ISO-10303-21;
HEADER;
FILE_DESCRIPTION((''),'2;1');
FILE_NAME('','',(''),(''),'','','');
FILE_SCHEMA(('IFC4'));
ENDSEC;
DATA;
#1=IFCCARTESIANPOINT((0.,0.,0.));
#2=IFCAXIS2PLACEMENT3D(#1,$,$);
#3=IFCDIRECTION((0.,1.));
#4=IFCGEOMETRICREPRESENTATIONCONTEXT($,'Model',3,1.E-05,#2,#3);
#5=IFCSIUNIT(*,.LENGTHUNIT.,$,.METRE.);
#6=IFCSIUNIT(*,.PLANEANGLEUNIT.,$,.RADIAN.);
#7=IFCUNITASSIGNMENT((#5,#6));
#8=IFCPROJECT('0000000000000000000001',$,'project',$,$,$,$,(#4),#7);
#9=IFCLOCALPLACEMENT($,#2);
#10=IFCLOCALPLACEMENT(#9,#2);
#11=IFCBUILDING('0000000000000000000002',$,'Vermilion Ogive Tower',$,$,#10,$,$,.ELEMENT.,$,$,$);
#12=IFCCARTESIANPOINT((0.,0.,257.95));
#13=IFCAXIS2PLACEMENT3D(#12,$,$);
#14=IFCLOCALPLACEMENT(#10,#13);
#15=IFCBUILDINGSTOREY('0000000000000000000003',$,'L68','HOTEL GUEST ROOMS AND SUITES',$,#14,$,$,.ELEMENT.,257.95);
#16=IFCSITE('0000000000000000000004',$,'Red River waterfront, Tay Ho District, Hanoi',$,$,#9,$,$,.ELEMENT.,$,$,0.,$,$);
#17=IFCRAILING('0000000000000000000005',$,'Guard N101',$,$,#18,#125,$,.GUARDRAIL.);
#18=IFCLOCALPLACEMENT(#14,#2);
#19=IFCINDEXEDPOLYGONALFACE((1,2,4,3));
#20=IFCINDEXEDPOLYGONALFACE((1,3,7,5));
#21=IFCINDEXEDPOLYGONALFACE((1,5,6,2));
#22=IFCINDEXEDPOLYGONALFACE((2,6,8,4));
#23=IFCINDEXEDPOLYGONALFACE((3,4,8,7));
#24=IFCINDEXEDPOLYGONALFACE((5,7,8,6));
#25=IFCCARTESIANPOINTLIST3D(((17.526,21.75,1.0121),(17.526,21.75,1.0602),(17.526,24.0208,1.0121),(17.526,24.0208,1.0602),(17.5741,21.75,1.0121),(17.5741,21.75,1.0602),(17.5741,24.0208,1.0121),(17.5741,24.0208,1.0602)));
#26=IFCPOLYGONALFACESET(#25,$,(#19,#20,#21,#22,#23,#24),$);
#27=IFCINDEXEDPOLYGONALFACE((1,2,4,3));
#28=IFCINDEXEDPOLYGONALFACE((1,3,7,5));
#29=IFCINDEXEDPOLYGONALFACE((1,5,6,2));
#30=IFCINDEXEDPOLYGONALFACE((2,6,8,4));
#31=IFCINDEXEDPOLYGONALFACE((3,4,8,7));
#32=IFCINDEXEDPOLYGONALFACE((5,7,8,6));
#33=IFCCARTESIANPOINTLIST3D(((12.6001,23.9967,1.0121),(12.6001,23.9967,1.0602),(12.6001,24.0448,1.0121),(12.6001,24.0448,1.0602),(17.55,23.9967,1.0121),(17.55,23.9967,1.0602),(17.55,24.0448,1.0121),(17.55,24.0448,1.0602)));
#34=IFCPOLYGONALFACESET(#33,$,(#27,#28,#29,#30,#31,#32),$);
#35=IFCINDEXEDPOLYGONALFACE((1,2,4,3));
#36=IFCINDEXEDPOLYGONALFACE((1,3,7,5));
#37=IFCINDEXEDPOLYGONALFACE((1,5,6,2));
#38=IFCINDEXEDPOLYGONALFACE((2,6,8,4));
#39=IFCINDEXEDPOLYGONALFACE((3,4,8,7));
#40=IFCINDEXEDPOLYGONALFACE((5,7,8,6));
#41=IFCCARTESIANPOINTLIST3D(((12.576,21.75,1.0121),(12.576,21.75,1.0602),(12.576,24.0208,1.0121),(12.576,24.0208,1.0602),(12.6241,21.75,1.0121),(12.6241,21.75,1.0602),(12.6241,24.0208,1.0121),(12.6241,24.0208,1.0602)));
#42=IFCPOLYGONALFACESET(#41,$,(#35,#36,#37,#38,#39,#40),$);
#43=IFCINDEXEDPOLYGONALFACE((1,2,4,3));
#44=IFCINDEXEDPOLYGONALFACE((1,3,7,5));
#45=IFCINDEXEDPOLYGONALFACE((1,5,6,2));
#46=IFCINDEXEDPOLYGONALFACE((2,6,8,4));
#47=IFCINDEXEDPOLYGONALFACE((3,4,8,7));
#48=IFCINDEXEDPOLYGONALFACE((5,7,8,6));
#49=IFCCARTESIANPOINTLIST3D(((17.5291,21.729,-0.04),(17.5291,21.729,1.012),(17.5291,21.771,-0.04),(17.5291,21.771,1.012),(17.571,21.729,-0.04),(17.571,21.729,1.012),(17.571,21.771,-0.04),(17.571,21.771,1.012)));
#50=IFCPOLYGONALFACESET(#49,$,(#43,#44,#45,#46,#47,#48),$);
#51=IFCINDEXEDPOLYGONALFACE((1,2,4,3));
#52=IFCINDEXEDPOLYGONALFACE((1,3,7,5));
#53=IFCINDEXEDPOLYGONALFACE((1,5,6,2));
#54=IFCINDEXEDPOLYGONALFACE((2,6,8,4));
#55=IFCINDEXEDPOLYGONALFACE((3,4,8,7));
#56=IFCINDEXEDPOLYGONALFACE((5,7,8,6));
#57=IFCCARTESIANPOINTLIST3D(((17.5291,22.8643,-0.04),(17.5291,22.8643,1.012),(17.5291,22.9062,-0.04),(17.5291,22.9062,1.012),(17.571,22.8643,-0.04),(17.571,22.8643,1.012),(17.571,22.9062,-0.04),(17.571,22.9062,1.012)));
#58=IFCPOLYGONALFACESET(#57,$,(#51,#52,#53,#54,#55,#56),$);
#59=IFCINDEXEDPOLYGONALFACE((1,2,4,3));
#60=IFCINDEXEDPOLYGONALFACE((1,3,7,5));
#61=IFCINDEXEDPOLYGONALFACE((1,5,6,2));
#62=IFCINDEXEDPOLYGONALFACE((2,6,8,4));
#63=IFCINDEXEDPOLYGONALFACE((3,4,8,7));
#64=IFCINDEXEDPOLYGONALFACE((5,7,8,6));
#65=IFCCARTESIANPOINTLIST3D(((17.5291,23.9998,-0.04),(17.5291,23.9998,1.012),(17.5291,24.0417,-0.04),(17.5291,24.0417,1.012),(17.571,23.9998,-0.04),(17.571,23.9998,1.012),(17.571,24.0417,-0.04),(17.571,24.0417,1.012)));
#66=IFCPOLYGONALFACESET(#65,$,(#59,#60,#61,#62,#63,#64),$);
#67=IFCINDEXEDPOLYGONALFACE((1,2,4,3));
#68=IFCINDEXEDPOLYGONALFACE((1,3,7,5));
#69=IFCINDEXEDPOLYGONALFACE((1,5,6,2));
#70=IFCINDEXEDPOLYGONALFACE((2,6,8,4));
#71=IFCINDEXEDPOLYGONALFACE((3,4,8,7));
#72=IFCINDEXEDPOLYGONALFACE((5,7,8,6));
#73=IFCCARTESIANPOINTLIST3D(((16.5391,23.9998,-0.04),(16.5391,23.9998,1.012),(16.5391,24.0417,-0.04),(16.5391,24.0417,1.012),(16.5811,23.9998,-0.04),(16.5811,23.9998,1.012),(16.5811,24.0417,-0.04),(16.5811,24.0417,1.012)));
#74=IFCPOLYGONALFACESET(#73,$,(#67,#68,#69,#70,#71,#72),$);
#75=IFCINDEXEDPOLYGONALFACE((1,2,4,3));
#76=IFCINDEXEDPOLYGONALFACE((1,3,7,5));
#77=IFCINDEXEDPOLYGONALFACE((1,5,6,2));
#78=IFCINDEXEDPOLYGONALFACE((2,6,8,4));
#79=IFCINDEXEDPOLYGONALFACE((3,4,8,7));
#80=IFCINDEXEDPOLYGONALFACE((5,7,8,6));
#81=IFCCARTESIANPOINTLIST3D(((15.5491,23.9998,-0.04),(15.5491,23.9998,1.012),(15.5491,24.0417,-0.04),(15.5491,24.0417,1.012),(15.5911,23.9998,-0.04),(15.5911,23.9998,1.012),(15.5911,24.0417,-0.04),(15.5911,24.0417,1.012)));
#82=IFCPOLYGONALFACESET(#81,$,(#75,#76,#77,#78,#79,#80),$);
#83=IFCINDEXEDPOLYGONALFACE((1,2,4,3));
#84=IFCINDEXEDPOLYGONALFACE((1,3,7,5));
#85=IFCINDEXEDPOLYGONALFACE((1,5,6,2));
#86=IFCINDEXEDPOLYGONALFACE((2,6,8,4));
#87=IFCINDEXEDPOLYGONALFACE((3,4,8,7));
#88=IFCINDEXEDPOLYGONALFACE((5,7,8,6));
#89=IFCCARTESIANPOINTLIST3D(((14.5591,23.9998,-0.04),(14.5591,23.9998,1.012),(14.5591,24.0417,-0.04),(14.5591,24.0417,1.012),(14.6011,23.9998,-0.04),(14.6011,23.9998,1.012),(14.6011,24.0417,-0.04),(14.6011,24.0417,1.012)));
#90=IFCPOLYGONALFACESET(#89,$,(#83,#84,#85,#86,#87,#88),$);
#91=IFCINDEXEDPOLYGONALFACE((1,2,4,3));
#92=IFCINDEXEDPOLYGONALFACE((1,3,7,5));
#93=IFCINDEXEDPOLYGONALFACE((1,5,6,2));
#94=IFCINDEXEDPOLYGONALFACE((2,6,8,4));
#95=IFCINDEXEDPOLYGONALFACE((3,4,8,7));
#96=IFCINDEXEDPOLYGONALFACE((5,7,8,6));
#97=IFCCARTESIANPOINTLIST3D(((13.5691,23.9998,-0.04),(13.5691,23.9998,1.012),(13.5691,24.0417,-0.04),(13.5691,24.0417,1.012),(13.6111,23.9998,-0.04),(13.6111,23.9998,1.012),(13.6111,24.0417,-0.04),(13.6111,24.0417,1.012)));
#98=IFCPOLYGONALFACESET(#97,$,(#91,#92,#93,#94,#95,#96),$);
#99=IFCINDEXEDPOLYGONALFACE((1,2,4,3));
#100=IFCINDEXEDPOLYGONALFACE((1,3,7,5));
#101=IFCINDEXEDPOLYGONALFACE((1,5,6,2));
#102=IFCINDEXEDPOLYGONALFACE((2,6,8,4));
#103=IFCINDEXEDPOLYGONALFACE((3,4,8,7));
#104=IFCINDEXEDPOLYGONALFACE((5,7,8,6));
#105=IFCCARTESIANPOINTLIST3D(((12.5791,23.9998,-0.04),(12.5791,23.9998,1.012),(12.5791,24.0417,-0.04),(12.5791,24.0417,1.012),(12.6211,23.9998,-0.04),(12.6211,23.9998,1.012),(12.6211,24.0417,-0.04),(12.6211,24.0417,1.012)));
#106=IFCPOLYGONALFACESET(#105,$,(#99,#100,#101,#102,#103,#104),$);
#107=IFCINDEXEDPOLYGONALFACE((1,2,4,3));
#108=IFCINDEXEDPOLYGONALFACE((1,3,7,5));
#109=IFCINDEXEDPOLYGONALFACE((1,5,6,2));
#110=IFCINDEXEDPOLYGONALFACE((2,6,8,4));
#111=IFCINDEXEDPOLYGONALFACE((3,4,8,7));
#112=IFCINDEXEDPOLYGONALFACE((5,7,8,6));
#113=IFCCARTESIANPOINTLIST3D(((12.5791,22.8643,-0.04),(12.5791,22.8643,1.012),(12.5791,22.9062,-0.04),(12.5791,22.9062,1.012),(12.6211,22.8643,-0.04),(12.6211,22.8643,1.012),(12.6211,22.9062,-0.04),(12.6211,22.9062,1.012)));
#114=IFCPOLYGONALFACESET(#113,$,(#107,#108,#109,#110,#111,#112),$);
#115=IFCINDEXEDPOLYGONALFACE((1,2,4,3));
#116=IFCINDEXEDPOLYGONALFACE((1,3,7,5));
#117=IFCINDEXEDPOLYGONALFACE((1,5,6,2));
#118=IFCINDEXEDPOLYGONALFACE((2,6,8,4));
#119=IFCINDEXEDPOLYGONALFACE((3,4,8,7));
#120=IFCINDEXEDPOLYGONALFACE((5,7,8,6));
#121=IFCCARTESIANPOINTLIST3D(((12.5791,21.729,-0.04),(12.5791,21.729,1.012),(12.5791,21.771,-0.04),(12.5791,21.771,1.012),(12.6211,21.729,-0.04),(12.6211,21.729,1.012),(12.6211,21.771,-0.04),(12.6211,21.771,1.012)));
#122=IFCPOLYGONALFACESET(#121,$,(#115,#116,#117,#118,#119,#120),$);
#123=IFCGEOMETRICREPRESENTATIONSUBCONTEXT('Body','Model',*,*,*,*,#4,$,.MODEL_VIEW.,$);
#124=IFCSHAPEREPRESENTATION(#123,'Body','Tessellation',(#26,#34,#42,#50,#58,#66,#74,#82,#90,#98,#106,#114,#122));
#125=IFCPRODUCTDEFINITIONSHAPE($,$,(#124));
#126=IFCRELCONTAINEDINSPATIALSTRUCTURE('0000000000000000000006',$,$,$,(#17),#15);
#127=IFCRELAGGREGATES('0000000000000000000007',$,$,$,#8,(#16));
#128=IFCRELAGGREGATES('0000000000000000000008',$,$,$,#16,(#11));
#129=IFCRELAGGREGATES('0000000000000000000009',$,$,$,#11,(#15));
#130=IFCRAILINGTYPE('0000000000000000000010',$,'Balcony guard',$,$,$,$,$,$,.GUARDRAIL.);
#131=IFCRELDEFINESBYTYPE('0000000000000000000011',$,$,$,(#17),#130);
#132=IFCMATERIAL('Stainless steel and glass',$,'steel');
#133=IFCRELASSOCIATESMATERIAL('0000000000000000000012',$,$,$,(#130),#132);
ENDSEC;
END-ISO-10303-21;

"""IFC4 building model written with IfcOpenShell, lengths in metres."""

from ifc_helpers import new_model, si_unit, direction, frame, origin, origin_2d, place, context, subcontext, project, spatial, rectangle, extrude, material, type_object, element, save


model = new_model("IFC4")

# Units and contexts
model_context = context("Model", 3, precision=1e-05, world=origin(), true_north=direction((0.0, 1.0)))
body_context = subcontext(model_context, "Body", "Model", "MODEL_VIEW")
ifc_project = project(units=[si_unit("LENGTHUNIT", "METRE"), si_unit("PLANEANGLEUNIT", "RADIAN")], contexts=[model_context])

# Site, building, storey
site_placement = place(None, origin())
site = spatial("IfcSite", under=ifc_project, at=site_placement, Name="Red River waterfront, Tay Ho District, Hanoi", CompositionType="ELEMENT", RefElevation=0.0)
building_placement = place(site_placement, origin())
building = spatial("IfcBuilding", under=site, at=building_placement, Name="Vermilion Ogive Tower", CompositionType="ELEMENT")
storey_placement = place(building_placement, frame((0.0, 0.0, 257.95)))
storey = spatial("IfcBuildingStorey", under=building, at=storey_placement, Name="L68", Description="HOTEL GUEST ROOMS AND SUITES", CompositionType="ELEMENT", Elevation=257.95)

# Railing
ifc_material_1 = material(Name="Stainless steel and glass", Category="steel")
railing_type = type_object("IfcRailingType", Name="Balcony guard", PredefinedType="GUARDRAIL", material=ifc_material_1)
railing_placement = place(storey_placement, frame((17.55, 21.75, -0.04)))
element("IfcRailing", 1, at=railing_placement, inside=storey, type_object=railing_type, Name="Guard N101", PredefinedType="GUARDRAIL", context=body_context, shape_type="SweptSolid", body=[
    extrude(rectangle(XDim=0.0481, YDim=0.0481, at=origin_2d()), frame((0.0, 0.0, 1.0762), z_axis=(0.0, 1.0, 0.0), x_axis=(-1.0, 0.0, 0.0)), (0.0, 0.0, 1.0), 2.2708),
    extrude(rectangle(XDim=0.0481, YDim=0.0481, at=origin_2d()), frame((0.0, 2.2708, 1.0762), z_axis=(-1.0, 0.0, 0.0), x_axis=(0.0, -1.0, 0.0)), (0.0, 0.0, 1.0), 4.95),
    extrude(rectangle(XDim=0.0481, YDim=0.0481, at=origin_2d()), frame((-4.95, 2.2708, 1.0762), z_axis=(0.0, -1.0, 0.0), x_axis=(1.0, 0.0, 0.0)), (0.0, 0.0, 1.0), 2.2708),
    extrude(rectangle(XDim=0.042, YDim=0.042, at=origin_2d()), origin(), (0.0, 0.0, 1.0), 1.052),
    extrude(rectangle(XDim=0.042, YDim=0.042, at=origin_2d()), frame((0.0, 1.1353, 0.0)), (0.0, 0.0, 1.0), 1.052),
    extrude(rectangle(XDim=0.042, YDim=0.042, at=origin_2d()), frame((0.0, 2.2708, 0.0)), (0.0, 0.0, 1.0), 1.052),
    extrude(rectangle(XDim=0.042, YDim=0.042, at=origin_2d()), frame((-0.99, 2.2708, 0.0)), (0.0, 0.0, 1.0), 1.052),
    extrude(rectangle(XDim=0.042, YDim=0.042, at=origin_2d()), frame((-1.98, 2.2708, 0.0)), (0.0, 0.0, 1.0), 1.052),
    extrude(rectangle(XDim=0.042, YDim=0.042, at=origin_2d()), frame((-2.97, 2.2708, 0.0)), (0.0, 0.0, 1.0), 1.052),
    extrude(rectangle(XDim=0.042, YDim=0.042, at=origin_2d()), frame((-3.96, 2.2708, 0.0)), (0.0, 0.0, 1.0), 1.052),
    extrude(rectangle(XDim=0.042, YDim=0.042, at=origin_2d()), frame((-4.95, 2.2708, 0.0)), (0.0, 0.0, 1.0), 1.052),
    extrude(rectangle(XDim=0.042, YDim=0.042, at=origin_2d()), frame((-4.95, 1.1353, 0.0)), (0.0, 0.0, 1.0), 1.052),
    extrude(rectangle(XDim=0.042, YDim=0.042, at=origin_2d()), frame((-4.95, 0.0, 0.0)), (0.0, 0.0, 1.0), 1.052),
])

save(model, "model.ifc")
